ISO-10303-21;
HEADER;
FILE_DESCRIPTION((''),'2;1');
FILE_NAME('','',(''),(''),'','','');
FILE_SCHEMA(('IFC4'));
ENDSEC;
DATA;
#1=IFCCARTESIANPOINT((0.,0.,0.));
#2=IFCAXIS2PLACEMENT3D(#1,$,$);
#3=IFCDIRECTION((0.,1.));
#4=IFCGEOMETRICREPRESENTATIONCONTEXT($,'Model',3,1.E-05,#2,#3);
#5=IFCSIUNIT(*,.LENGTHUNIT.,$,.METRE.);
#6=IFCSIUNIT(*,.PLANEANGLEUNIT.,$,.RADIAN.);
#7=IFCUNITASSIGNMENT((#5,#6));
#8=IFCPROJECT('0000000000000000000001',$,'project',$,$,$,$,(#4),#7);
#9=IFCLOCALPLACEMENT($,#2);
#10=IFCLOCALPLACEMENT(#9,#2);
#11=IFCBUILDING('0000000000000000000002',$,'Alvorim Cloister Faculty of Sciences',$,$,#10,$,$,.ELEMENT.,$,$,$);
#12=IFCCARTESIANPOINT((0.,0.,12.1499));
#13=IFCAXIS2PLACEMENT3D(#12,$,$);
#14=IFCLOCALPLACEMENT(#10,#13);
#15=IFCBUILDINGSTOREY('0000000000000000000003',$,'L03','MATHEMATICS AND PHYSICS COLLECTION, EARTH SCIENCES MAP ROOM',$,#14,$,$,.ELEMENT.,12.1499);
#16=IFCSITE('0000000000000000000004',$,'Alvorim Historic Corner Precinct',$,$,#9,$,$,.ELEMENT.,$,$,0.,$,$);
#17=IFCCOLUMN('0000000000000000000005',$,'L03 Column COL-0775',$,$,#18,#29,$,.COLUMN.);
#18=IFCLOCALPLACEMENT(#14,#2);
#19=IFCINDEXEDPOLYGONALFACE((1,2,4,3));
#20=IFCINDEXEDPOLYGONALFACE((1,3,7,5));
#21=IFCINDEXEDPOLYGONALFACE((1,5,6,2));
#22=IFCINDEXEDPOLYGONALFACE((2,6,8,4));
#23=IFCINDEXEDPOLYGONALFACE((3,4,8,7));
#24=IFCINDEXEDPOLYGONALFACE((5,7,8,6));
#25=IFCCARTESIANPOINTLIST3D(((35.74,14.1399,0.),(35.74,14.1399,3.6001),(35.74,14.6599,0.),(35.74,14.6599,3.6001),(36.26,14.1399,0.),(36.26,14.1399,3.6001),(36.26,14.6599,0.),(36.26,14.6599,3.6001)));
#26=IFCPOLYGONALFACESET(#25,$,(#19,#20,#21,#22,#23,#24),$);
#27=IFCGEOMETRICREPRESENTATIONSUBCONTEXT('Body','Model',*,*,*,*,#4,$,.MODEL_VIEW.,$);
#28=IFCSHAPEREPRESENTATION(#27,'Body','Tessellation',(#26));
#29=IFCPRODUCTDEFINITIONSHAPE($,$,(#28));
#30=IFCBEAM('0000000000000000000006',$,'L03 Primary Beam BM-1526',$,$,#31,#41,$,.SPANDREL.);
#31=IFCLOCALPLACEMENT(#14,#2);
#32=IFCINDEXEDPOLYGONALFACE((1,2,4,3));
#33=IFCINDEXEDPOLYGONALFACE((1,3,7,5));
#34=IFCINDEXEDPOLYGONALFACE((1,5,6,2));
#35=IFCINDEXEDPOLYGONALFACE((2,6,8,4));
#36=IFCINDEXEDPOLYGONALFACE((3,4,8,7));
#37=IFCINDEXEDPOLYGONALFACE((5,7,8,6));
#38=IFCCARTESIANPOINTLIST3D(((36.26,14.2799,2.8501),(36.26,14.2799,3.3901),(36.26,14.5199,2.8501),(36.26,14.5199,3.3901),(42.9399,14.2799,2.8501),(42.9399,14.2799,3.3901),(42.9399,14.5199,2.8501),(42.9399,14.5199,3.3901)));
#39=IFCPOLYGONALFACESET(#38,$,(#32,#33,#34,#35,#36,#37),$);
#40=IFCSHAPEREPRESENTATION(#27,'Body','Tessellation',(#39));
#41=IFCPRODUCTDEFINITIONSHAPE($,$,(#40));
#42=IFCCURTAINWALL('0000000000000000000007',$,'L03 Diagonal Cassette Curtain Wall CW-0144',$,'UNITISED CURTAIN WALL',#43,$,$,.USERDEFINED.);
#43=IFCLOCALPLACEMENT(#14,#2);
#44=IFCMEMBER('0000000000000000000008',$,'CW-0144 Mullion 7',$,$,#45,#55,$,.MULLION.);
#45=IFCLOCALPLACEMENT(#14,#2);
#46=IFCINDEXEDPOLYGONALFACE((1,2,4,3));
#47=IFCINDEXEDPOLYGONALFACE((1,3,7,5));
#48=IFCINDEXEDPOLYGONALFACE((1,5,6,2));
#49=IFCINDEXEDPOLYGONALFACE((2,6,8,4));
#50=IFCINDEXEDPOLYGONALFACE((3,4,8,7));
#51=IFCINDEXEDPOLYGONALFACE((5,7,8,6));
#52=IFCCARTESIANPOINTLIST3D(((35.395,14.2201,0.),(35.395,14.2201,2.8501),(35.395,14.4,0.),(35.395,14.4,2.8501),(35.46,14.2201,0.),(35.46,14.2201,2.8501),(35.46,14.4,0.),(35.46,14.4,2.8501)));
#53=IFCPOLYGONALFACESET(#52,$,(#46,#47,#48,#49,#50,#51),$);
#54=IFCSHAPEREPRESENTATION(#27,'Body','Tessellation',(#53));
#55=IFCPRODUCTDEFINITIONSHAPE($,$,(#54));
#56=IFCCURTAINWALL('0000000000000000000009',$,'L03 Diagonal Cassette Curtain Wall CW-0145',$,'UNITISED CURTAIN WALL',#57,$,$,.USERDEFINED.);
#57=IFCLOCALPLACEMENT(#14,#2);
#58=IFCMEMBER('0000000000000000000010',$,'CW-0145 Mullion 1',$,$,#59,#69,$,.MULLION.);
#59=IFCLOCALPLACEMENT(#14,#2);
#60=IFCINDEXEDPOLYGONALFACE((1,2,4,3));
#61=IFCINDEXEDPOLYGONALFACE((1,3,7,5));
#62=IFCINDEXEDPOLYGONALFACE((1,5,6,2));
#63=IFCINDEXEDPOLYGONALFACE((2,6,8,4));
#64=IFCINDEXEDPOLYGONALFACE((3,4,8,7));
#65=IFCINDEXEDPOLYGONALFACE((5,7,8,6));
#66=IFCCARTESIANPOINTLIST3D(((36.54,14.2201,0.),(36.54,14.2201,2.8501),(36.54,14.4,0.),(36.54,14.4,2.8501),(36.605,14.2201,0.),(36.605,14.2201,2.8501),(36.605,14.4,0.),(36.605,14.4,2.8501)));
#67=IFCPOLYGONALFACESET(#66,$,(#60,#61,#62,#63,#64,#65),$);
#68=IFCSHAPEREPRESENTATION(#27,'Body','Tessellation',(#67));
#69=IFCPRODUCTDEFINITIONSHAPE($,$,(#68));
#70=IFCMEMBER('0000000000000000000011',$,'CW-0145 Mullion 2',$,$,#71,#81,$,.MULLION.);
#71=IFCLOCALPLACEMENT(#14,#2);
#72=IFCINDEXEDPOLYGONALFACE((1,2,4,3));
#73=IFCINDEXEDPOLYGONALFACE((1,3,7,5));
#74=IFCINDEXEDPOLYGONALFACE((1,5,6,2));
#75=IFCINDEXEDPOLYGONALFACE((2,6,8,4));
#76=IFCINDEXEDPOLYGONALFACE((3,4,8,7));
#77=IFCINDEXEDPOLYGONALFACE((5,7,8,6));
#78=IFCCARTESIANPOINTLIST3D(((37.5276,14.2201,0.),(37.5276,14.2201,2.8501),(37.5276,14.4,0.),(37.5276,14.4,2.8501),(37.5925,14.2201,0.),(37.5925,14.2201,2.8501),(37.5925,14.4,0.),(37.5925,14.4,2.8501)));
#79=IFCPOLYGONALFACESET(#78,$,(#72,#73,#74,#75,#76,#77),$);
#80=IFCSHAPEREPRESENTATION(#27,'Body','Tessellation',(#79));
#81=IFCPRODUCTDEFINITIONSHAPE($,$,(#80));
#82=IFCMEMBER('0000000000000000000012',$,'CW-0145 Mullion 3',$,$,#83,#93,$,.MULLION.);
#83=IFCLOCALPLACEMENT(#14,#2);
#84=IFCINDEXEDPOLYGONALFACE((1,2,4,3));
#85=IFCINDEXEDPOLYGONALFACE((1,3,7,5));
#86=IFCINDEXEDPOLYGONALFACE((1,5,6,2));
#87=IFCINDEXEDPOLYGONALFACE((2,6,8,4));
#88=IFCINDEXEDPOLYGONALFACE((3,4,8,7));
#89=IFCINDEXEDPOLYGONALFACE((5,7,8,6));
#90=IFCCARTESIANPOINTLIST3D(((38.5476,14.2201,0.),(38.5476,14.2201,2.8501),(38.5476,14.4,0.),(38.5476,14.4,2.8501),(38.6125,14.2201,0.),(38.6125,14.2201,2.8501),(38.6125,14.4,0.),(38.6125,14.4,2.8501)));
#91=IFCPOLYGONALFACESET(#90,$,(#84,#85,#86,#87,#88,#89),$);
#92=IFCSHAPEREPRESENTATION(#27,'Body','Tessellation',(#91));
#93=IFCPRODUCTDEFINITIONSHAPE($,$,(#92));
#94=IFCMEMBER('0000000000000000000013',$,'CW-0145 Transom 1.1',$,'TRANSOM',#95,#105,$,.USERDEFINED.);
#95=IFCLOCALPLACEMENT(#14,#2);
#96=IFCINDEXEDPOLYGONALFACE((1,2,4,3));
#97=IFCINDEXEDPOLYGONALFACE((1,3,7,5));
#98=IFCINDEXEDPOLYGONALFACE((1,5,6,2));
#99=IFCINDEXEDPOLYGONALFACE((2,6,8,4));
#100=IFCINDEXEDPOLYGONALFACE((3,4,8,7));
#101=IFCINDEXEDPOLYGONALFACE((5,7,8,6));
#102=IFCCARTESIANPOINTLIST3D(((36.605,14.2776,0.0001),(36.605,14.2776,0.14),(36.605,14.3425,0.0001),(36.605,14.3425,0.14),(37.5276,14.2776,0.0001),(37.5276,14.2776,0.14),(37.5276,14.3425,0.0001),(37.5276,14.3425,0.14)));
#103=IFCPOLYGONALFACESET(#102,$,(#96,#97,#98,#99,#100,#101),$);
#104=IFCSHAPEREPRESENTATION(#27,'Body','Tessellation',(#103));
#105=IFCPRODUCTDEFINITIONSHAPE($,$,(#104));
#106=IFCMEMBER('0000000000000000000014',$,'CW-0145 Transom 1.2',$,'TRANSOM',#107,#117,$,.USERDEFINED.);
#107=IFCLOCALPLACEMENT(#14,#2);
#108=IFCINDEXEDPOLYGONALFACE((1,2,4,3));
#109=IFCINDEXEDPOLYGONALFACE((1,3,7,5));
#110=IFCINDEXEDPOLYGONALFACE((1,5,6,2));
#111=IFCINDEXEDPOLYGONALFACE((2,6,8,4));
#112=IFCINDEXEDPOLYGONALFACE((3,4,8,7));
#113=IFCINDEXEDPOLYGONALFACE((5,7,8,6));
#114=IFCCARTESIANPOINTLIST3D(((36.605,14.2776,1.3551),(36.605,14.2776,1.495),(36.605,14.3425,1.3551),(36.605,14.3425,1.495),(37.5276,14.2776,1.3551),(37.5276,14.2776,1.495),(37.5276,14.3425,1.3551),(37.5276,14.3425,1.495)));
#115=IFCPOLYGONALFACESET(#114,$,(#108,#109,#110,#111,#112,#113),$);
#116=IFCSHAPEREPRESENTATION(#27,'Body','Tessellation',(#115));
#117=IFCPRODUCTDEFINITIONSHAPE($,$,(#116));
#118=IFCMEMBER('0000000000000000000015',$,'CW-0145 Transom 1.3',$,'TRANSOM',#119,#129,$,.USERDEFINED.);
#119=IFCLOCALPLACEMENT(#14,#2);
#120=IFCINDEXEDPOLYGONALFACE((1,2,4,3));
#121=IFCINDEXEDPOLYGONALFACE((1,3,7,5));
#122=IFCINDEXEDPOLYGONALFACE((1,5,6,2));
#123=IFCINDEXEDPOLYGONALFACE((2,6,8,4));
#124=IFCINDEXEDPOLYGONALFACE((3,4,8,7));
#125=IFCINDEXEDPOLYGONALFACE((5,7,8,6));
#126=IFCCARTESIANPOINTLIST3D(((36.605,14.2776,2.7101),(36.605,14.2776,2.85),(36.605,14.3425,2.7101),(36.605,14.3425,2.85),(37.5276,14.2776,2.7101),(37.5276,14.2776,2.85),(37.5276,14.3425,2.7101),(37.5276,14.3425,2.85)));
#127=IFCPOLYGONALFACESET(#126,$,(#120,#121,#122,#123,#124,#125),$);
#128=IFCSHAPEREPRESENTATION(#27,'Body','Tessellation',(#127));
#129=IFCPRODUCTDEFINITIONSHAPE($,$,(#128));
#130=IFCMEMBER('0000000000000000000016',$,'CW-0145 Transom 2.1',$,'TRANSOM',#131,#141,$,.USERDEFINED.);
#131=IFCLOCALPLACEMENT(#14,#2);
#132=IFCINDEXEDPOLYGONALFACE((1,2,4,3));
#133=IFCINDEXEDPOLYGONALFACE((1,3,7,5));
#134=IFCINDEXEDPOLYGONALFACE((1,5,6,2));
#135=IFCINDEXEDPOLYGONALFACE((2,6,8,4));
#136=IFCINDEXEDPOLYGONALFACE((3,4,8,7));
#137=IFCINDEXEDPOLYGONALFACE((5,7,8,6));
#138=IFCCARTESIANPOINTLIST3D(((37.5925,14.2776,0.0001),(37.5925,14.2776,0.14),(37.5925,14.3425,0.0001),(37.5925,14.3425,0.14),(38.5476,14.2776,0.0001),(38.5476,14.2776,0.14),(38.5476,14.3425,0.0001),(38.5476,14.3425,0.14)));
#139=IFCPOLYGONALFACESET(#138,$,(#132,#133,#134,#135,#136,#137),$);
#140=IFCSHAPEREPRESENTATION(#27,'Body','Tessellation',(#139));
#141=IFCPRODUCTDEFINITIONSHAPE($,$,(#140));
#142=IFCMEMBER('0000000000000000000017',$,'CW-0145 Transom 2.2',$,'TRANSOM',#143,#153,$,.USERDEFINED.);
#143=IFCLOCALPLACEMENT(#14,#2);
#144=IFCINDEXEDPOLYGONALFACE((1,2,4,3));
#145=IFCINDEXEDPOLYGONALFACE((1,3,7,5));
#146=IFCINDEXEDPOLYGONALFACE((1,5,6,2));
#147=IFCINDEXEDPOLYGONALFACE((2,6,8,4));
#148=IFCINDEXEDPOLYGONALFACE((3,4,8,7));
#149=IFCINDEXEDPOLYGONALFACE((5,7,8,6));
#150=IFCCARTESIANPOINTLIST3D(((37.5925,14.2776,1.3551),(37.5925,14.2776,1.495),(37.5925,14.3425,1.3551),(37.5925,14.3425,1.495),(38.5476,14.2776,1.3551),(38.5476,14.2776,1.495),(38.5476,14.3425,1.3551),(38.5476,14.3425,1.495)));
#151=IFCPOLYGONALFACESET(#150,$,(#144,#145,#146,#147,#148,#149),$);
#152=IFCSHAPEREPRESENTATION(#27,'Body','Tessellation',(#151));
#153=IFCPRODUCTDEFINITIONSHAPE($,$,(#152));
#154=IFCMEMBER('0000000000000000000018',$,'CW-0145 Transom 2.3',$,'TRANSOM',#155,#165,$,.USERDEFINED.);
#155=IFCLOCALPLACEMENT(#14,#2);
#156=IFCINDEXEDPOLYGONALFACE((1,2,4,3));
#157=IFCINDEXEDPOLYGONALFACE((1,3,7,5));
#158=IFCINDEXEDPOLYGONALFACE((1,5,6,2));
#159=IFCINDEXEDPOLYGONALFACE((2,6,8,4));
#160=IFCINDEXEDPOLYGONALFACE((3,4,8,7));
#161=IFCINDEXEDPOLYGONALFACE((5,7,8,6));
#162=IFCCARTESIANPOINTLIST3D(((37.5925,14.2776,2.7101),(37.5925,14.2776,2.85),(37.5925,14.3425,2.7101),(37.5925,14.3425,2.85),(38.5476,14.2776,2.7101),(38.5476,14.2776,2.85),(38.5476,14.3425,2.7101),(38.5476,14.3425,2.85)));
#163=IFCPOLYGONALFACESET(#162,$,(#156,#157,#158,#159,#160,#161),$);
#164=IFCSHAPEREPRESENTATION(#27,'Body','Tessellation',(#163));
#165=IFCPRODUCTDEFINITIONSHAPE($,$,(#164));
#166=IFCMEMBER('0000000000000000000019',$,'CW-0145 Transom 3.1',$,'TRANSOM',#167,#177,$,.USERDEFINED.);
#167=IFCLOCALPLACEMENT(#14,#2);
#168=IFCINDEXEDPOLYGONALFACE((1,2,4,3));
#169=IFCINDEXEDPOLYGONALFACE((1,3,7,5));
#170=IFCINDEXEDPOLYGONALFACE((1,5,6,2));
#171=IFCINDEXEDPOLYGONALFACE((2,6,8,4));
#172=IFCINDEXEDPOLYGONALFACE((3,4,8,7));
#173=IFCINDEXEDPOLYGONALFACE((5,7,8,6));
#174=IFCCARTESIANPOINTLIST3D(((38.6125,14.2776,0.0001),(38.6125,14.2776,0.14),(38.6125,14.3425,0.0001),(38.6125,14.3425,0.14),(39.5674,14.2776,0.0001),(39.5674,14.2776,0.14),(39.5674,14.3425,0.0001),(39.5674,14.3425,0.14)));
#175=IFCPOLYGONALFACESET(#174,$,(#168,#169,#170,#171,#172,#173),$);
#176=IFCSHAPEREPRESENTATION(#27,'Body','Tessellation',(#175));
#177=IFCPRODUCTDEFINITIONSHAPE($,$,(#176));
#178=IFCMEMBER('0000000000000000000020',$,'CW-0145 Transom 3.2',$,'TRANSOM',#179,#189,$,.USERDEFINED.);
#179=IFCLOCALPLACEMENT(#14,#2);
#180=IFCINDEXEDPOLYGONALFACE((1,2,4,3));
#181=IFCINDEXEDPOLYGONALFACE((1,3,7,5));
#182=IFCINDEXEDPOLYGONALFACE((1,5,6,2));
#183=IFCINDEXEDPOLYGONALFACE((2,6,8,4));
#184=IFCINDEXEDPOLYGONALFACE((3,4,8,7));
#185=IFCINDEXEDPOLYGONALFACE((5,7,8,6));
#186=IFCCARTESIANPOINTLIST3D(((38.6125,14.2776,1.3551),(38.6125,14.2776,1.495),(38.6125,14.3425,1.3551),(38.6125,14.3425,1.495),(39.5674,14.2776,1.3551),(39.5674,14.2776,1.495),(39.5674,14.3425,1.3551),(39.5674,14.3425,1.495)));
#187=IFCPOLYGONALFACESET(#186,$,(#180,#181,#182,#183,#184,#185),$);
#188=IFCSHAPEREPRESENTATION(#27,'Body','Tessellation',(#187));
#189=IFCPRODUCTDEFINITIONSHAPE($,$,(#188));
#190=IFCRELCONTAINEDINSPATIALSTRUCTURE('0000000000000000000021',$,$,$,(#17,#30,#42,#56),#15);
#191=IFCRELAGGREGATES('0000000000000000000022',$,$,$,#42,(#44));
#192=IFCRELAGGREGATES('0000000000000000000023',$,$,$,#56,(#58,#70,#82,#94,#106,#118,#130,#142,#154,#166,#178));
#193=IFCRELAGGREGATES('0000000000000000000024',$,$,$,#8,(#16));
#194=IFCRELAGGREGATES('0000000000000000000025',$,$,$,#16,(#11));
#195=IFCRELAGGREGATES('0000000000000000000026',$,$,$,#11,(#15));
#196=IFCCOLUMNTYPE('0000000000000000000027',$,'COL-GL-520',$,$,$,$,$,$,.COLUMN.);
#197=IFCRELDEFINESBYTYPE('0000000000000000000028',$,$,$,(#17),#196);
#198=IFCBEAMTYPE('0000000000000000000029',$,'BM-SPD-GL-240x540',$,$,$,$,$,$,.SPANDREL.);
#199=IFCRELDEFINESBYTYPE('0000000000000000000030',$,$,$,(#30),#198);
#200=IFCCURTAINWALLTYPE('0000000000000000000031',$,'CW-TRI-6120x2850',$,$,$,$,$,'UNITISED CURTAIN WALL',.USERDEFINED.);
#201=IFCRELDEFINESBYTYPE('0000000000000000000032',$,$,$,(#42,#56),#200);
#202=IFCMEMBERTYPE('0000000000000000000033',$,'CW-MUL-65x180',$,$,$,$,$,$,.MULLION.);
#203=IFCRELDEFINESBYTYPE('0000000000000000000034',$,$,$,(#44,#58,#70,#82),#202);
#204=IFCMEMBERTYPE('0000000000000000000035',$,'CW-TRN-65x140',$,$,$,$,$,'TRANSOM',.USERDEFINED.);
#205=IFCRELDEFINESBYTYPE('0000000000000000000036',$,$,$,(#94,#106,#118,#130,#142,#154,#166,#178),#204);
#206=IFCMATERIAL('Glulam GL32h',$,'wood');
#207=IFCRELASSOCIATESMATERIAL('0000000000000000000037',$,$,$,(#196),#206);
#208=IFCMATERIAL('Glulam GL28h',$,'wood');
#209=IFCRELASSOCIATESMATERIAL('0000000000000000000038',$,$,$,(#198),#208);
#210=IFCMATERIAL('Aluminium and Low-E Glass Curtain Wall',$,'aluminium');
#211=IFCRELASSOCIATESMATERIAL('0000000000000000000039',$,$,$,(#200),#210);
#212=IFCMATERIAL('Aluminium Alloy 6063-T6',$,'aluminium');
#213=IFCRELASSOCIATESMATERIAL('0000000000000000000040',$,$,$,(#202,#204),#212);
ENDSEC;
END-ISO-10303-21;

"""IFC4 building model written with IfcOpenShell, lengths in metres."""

from ifc_helpers import new_model, si_unit, direction, frame, origin, origin_2d, place, context, subcontext, project, spatial, rectangle, extrude, material, material_profile, profile_set, type_object, element, aggregate, save


model = new_model("IFC4")

# Units and contexts
model_context = context("Model", 3, precision=1e-05, world=origin(), true_north=direction((0.0, 1.0)))
body_context = subcontext(model_context, "Body", "Model", "MODEL_VIEW")
ifc_project = project(units=[si_unit("LENGTHUNIT", "METRE"), si_unit("PLANEANGLEUNIT", "RADIAN")], contexts=[model_context])

# Site, building, storey
site_placement = place(None, origin())
site = spatial("IfcSite", under=ifc_project, at=site_placement, Name="Alvorim Historic Corner Precinct", CompositionType="ELEMENT", RefElevation=0.0)
building_placement = place(site_placement, origin())
building = spatial("IfcBuilding", under=site, at=building_placement, Name="Alvorim Cloister Faculty of Sciences", CompositionType="ELEMENT")
storey_placement = place(building_placement, frame((0.0, 0.0, 12.1499)))
storey = spatial("IfcBuildingStorey", under=building, at=storey_placement, Name="L03", Description="MATHEMATICS AND PHYSICS COLLECTION, EARTH SCIENCES MAP ROOM", CompositionType="ELEMENT", Elevation=12.1499)

# Column
ifc_material_1 = material(Name="Glulam GL32h", Category="wood")
ifc_material_profile_1 = material_profile(ifc_material_1, rectangle(XDim=0.52, YDim=0.52, at=origin_2d()), Name="GL32-COL-520x520")
ifc_profile_set_1 = profile_set([ifc_material_profile_1], Name="Glulam GL32h")
column_type = type_object("IfcColumnType", Name="COL-GL-520", PredefinedType="COLUMN", material=ifc_profile_set_1)
column_placement = place(storey_placement, frame((36.0, 14.3999, 0.0), z_axis=(0.0, 0.0, 1.0), x_axis=(1.0, 0.0, 0.0)))
element("IfcColumn", 1, at=column_placement, inside=storey, type_object=column_type, Name="L03 Column COL-0775", PredefinedType="COLUMN", context=body_context, shape_type="SweptSolid", body=[
    extrude(rectangle(XDim=0.52, YDim=0.52, at=origin_2d()), origin(), (0.0, 0.0, 1.0), 3.6001),
])

# Beam
ifc_material_2 = material(Name="Glulam GL28h", Category="wood")
ifc_material_profile_2 = material_profile(ifc_material_2, rectangle(XDim=0.24, YDim=0.54, at=origin_2d()), Name="GL28-SPD-240x540")
ifc_profile_set_2 = profile_set([ifc_material_profile_2], Name="Glulam GL28h")
beam_type = type_object("IfcBeamType", Name="BM-SPD-GL-240x540", PredefinedType="SPANDREL", material=ifc_profile_set_2)
beam_placement = place(storey_placement, frame((36.26, 14.3999, 3.1201), z_axis=(1.0, 0.0, 0.0), x_axis=(0.0, 1.0, 0.0)))
element("IfcBeam", 2, at=beam_placement, inside=storey, type_object=beam_type, Name="L03 Primary Beam BM-1526", PredefinedType="SPANDREL", context=body_context, shape_type="SweptSolid", body=[
    extrude(rectangle(XDim=0.24, YDim=0.54, at=origin_2d()), origin(), (0.0, 0.0, 1.0), 6.6799),
])

# Curtain wall, member
ifc_material_3 = material(Name="Aluminium and Low-E Glass Curtain Wall", Category="aluminium")
curtain_wall_type = type_object("IfcCurtainWallType", Name="CW-TRI-6120x2850", ElementType="UNITISED CURTAIN WALL", PredefinedType="USERDEFINED", material=ifc_material_3)
curtain_wall_1_placement = place(storey_placement, origin())
curtain_wall_1 = element("IfcCurtainWall", 3, at=curtain_wall_1_placement, inside=storey, type_object=curtain_wall_type, Name="L03 Diagonal Cassette Curtain Wall CW-0144", ObjectType="UNITISED CURTAIN WALL", PredefinedType="USERDEFINED")
ifc_material_4 = material(Name="Aluminium Alloy 6063-T6", Category="aluminium")
ifc_material_profile_3 = material_profile(ifc_material_4, rectangle(XDim=0.0649, YDim=0.1799, at=origin_2d()), Name="ALU-MUL-65x180")
ifc_profile_set_3 = profile_set([ifc_material_profile_3], Name="Aluminium Alloy 6063-T6")
member_type_1 = type_object("IfcMemberType", Name="CW-MUL-65x180", PredefinedType="MULLION", material=ifc_profile_set_3)
member_1_placement = place(storey_placement, frame((35.4275, 14.3101, 0.0), z_axis=(0.0, 0.0, 1.0), x_axis=(1.0, 0.0, 0.0)))
member_1 = element("IfcMember", 4, at=member_1_placement, type_object=member_type_1, Name="CW-0144 Mullion 7", PredefinedType="MULLION", context=body_context, shape_type="SweptSolid", body=[
    extrude(rectangle(XDim=0.0649, YDim=0.1799, at=origin_2d()), origin(), (0.0, 0.0, 1.0), 2.8501),
])

# Curtain wall, members
curtain_wall_2_placement = place(storey_placement, origin())
curtain_wall_2 = element("IfcCurtainWall", 5, at=curtain_wall_2_placement, inside=storey, type_object=curtain_wall_type, Name="L03 Diagonal Cassette Curtain Wall CW-0145", ObjectType="UNITISED CURTAIN WALL", PredefinedType="USERDEFINED")
member_2_placement = place(storey_placement, frame((36.5725, 14.3101, 0.0), z_axis=(0.0, 0.0, 1.0), x_axis=(1.0, 0.0, 0.0)))
member_2 = element("IfcMember", 6, at=member_2_placement, type_object=member_type_1, Name="CW-0145 Mullion 1", PredefinedType="MULLION", context=body_context, shape_type="SweptSolid", body=[
    extrude(rectangle(XDim=0.0649, YDim=0.1799, at=origin_2d()), origin(), (0.0, 0.0, 1.0), 2.8501),
])
member_3_placement = place(storey_placement, frame((37.5601, 14.3101, 0.0), z_axis=(0.0, 0.0, 1.0), x_axis=(1.0, 0.0, 0.0)))
member_3 = element("IfcMember", 7, at=member_3_placement, type_object=member_type_1, Name="CW-0145 Mullion 2", PredefinedType="MULLION", context=body_context, shape_type="SweptSolid", body=[
    extrude(rectangle(XDim=0.0649, YDim=0.1799, at=origin_2d()), origin(), (0.0, 0.0, 1.0), 2.8501),
])
member_4_placement = place(storey_placement, frame((38.5801, 14.3101, 0.0), z_axis=(0.0, 0.0, 1.0), x_axis=(1.0, 0.0, 0.0)))
member_4 = element("IfcMember", 8, at=member_4_placement, type_object=member_type_1, Name="CW-0145 Mullion 3", PredefinedType="MULLION", context=body_context, shape_type="SweptSolid", body=[
    extrude(rectangle(XDim=0.0649, YDim=0.1799, at=origin_2d()), origin(), (0.0, 0.0, 1.0), 2.8501),
])
ifc_material_profile_4 = material_profile(ifc_material_4, rectangle(XDim=0.0649, YDim=0.1399, at=origin_2d()), Name="ALU-TRN-65x140")
ifc_profile_set_4 = profile_set([ifc_material_profile_4], Name="Aluminium Alloy 6063-T6")
member_type_2 = type_object("IfcMemberType", Name="CW-TRN-65x140", ElementType="TRANSOM", PredefinedType="USERDEFINED", material=ifc_profile_set_4)
member_5_placement = place(storey_placement, frame((36.605, 14.3101, 0.0701), z_axis=(1.0, 0.0, 0.0), x_axis=(0.0, 1.0, 0.0)))
member_5 = element("IfcMember", 9, at=member_5_placement, type_object=member_type_2, Name="CW-0145 Transom 1.1", ObjectType="TRANSOM", PredefinedType="USERDEFINED", context=body_context, shape_type="SweptSolid", body=[
    extrude(rectangle(XDim=0.0649, YDim=0.1399, at=origin_2d()), origin(), (0.0, 0.0, 1.0), 0.9226),
])
member_6_placement = place(storey_placement, frame((36.605, 14.3101, 1.425), z_axis=(1.0, 0.0, 0.0), x_axis=(0.0, 1.0, 0.0)))
member_6 = element("IfcMember", 10, at=member_6_placement, type_object=member_type_2, Name="CW-0145 Transom 1.2", ObjectType="TRANSOM", PredefinedType="USERDEFINED", context=body_context, shape_type="SweptSolid", body=[
    extrude(rectangle(XDim=0.0649, YDim=0.1399, at=origin_2d()), origin(), (0.0, 0.0, 1.0), 0.9226),
])
member_7_placement = place(storey_placement, frame((36.605, 14.3101, 2.78), z_axis=(1.0, 0.0, 0.0), x_axis=(0.0, 1.0, 0.0)))
member_7 = element("IfcMember", 11, at=member_7_placement, type_object=member_type_2, Name="CW-0145 Transom 1.3", ObjectType="TRANSOM", PredefinedType="USERDEFINED", context=body_context, shape_type="SweptSolid", body=[
    extrude(rectangle(XDim=0.0649, YDim=0.1399, at=origin_2d()), origin(), (0.0, 0.0, 1.0), 0.9226),
])
member_8_placement = place(storey_placement, frame((37.5925, 14.3101, 0.0701), z_axis=(1.0, 0.0, 0.0), x_axis=(0.0, 1.0, 0.0)))
member_8 = element("IfcMember", 12, at=member_8_placement, type_object=member_type_2, Name="CW-0145 Transom 2.1", ObjectType="TRANSOM", PredefinedType="USERDEFINED", context=body_context, shape_type="SweptSolid", body=[
    extrude(rectangle(XDim=0.0649, YDim=0.1399, at=origin_2d()), origin(), (0.0, 0.0, 1.0), 0.9551),
])
member_9_placement = place(storey_placement, frame((37.5925, 14.3101, 1.425), z_axis=(1.0, 0.0, 0.0), x_axis=(0.0, 1.0, 0.0)))
member_9 = element("IfcMember", 13, at=member_9_placement, type_object=member_type_2, Name="CW-0145 Transom 2.2", ObjectType="TRANSOM", PredefinedType="USERDEFINED", context=body_context, shape_type="SweptSolid", body=[
    extrude(rectangle(XDim=0.0649, YDim=0.1399, at=origin_2d()), origin(), (0.0, 0.0, 1.0), 0.9551),
])
member_10_placement = place(storey_placement, frame((37.5925, 14.3101, 2.78), z_axis=(1.0, 0.0, 0.0), x_axis=(0.0, 1.0, 0.0)))
member_10 = element("IfcMember", 14, at=member_10_placement, type_object=member_type_2, Name="CW-0145 Transom 2.3", ObjectType="TRANSOM", PredefinedType="USERDEFINED", context=body_context, shape_type="SweptSolid", body=[
    extrude(rectangle(XDim=0.0649, YDim=0.1399, at=origin_2d()), origin(), (0.0, 0.0, 1.0), 0.9551),
])
member_11_placement = place(storey_placement, frame((38.6125, 14.3101, 0.0701), z_axis=(1.0, 0.0, 0.0), x_axis=(0.0, 1.0, 0.0)))
member_11 = element("IfcMember", 15, at=member_11_placement, type_object=member_type_2, Name="CW-0145 Transom 3.1", ObjectType="TRANSOM", PredefinedType="USERDEFINED", context=body_context, shape_type="SweptSolid", body=[
    extrude(rectangle(XDim=0.0649, YDim=0.1399, at=origin_2d()), origin(), (0.0, 0.0, 1.0), 0.9548),
])
member_12_placement = place(storey_placement, frame((38.6125, 14.3101, 1.425), z_axis=(1.0, 0.0, 0.0), x_axis=(0.0, 1.0, 0.0)))
member_12 = element("IfcMember", 16, at=member_12_placement, type_object=member_type_2, Name="CW-0145 Transom 3.2", ObjectType="TRANSOM", PredefinedType="USERDEFINED", context=body_context, shape_type="SweptSolid", body=[
    extrude(rectangle(XDim=0.0649, YDim=0.1399, at=origin_2d()), origin(), (0.0, 0.0, 1.0), 0.9548),
])

aggregate(curtain_wall_1, [member_1])
aggregate(curtain_wall_2, [member_2, member_3, member_4, member_5, member_6, member_7, member_8, member_9, member_10, member_11, member_12])

save(model, "model.ifc")
